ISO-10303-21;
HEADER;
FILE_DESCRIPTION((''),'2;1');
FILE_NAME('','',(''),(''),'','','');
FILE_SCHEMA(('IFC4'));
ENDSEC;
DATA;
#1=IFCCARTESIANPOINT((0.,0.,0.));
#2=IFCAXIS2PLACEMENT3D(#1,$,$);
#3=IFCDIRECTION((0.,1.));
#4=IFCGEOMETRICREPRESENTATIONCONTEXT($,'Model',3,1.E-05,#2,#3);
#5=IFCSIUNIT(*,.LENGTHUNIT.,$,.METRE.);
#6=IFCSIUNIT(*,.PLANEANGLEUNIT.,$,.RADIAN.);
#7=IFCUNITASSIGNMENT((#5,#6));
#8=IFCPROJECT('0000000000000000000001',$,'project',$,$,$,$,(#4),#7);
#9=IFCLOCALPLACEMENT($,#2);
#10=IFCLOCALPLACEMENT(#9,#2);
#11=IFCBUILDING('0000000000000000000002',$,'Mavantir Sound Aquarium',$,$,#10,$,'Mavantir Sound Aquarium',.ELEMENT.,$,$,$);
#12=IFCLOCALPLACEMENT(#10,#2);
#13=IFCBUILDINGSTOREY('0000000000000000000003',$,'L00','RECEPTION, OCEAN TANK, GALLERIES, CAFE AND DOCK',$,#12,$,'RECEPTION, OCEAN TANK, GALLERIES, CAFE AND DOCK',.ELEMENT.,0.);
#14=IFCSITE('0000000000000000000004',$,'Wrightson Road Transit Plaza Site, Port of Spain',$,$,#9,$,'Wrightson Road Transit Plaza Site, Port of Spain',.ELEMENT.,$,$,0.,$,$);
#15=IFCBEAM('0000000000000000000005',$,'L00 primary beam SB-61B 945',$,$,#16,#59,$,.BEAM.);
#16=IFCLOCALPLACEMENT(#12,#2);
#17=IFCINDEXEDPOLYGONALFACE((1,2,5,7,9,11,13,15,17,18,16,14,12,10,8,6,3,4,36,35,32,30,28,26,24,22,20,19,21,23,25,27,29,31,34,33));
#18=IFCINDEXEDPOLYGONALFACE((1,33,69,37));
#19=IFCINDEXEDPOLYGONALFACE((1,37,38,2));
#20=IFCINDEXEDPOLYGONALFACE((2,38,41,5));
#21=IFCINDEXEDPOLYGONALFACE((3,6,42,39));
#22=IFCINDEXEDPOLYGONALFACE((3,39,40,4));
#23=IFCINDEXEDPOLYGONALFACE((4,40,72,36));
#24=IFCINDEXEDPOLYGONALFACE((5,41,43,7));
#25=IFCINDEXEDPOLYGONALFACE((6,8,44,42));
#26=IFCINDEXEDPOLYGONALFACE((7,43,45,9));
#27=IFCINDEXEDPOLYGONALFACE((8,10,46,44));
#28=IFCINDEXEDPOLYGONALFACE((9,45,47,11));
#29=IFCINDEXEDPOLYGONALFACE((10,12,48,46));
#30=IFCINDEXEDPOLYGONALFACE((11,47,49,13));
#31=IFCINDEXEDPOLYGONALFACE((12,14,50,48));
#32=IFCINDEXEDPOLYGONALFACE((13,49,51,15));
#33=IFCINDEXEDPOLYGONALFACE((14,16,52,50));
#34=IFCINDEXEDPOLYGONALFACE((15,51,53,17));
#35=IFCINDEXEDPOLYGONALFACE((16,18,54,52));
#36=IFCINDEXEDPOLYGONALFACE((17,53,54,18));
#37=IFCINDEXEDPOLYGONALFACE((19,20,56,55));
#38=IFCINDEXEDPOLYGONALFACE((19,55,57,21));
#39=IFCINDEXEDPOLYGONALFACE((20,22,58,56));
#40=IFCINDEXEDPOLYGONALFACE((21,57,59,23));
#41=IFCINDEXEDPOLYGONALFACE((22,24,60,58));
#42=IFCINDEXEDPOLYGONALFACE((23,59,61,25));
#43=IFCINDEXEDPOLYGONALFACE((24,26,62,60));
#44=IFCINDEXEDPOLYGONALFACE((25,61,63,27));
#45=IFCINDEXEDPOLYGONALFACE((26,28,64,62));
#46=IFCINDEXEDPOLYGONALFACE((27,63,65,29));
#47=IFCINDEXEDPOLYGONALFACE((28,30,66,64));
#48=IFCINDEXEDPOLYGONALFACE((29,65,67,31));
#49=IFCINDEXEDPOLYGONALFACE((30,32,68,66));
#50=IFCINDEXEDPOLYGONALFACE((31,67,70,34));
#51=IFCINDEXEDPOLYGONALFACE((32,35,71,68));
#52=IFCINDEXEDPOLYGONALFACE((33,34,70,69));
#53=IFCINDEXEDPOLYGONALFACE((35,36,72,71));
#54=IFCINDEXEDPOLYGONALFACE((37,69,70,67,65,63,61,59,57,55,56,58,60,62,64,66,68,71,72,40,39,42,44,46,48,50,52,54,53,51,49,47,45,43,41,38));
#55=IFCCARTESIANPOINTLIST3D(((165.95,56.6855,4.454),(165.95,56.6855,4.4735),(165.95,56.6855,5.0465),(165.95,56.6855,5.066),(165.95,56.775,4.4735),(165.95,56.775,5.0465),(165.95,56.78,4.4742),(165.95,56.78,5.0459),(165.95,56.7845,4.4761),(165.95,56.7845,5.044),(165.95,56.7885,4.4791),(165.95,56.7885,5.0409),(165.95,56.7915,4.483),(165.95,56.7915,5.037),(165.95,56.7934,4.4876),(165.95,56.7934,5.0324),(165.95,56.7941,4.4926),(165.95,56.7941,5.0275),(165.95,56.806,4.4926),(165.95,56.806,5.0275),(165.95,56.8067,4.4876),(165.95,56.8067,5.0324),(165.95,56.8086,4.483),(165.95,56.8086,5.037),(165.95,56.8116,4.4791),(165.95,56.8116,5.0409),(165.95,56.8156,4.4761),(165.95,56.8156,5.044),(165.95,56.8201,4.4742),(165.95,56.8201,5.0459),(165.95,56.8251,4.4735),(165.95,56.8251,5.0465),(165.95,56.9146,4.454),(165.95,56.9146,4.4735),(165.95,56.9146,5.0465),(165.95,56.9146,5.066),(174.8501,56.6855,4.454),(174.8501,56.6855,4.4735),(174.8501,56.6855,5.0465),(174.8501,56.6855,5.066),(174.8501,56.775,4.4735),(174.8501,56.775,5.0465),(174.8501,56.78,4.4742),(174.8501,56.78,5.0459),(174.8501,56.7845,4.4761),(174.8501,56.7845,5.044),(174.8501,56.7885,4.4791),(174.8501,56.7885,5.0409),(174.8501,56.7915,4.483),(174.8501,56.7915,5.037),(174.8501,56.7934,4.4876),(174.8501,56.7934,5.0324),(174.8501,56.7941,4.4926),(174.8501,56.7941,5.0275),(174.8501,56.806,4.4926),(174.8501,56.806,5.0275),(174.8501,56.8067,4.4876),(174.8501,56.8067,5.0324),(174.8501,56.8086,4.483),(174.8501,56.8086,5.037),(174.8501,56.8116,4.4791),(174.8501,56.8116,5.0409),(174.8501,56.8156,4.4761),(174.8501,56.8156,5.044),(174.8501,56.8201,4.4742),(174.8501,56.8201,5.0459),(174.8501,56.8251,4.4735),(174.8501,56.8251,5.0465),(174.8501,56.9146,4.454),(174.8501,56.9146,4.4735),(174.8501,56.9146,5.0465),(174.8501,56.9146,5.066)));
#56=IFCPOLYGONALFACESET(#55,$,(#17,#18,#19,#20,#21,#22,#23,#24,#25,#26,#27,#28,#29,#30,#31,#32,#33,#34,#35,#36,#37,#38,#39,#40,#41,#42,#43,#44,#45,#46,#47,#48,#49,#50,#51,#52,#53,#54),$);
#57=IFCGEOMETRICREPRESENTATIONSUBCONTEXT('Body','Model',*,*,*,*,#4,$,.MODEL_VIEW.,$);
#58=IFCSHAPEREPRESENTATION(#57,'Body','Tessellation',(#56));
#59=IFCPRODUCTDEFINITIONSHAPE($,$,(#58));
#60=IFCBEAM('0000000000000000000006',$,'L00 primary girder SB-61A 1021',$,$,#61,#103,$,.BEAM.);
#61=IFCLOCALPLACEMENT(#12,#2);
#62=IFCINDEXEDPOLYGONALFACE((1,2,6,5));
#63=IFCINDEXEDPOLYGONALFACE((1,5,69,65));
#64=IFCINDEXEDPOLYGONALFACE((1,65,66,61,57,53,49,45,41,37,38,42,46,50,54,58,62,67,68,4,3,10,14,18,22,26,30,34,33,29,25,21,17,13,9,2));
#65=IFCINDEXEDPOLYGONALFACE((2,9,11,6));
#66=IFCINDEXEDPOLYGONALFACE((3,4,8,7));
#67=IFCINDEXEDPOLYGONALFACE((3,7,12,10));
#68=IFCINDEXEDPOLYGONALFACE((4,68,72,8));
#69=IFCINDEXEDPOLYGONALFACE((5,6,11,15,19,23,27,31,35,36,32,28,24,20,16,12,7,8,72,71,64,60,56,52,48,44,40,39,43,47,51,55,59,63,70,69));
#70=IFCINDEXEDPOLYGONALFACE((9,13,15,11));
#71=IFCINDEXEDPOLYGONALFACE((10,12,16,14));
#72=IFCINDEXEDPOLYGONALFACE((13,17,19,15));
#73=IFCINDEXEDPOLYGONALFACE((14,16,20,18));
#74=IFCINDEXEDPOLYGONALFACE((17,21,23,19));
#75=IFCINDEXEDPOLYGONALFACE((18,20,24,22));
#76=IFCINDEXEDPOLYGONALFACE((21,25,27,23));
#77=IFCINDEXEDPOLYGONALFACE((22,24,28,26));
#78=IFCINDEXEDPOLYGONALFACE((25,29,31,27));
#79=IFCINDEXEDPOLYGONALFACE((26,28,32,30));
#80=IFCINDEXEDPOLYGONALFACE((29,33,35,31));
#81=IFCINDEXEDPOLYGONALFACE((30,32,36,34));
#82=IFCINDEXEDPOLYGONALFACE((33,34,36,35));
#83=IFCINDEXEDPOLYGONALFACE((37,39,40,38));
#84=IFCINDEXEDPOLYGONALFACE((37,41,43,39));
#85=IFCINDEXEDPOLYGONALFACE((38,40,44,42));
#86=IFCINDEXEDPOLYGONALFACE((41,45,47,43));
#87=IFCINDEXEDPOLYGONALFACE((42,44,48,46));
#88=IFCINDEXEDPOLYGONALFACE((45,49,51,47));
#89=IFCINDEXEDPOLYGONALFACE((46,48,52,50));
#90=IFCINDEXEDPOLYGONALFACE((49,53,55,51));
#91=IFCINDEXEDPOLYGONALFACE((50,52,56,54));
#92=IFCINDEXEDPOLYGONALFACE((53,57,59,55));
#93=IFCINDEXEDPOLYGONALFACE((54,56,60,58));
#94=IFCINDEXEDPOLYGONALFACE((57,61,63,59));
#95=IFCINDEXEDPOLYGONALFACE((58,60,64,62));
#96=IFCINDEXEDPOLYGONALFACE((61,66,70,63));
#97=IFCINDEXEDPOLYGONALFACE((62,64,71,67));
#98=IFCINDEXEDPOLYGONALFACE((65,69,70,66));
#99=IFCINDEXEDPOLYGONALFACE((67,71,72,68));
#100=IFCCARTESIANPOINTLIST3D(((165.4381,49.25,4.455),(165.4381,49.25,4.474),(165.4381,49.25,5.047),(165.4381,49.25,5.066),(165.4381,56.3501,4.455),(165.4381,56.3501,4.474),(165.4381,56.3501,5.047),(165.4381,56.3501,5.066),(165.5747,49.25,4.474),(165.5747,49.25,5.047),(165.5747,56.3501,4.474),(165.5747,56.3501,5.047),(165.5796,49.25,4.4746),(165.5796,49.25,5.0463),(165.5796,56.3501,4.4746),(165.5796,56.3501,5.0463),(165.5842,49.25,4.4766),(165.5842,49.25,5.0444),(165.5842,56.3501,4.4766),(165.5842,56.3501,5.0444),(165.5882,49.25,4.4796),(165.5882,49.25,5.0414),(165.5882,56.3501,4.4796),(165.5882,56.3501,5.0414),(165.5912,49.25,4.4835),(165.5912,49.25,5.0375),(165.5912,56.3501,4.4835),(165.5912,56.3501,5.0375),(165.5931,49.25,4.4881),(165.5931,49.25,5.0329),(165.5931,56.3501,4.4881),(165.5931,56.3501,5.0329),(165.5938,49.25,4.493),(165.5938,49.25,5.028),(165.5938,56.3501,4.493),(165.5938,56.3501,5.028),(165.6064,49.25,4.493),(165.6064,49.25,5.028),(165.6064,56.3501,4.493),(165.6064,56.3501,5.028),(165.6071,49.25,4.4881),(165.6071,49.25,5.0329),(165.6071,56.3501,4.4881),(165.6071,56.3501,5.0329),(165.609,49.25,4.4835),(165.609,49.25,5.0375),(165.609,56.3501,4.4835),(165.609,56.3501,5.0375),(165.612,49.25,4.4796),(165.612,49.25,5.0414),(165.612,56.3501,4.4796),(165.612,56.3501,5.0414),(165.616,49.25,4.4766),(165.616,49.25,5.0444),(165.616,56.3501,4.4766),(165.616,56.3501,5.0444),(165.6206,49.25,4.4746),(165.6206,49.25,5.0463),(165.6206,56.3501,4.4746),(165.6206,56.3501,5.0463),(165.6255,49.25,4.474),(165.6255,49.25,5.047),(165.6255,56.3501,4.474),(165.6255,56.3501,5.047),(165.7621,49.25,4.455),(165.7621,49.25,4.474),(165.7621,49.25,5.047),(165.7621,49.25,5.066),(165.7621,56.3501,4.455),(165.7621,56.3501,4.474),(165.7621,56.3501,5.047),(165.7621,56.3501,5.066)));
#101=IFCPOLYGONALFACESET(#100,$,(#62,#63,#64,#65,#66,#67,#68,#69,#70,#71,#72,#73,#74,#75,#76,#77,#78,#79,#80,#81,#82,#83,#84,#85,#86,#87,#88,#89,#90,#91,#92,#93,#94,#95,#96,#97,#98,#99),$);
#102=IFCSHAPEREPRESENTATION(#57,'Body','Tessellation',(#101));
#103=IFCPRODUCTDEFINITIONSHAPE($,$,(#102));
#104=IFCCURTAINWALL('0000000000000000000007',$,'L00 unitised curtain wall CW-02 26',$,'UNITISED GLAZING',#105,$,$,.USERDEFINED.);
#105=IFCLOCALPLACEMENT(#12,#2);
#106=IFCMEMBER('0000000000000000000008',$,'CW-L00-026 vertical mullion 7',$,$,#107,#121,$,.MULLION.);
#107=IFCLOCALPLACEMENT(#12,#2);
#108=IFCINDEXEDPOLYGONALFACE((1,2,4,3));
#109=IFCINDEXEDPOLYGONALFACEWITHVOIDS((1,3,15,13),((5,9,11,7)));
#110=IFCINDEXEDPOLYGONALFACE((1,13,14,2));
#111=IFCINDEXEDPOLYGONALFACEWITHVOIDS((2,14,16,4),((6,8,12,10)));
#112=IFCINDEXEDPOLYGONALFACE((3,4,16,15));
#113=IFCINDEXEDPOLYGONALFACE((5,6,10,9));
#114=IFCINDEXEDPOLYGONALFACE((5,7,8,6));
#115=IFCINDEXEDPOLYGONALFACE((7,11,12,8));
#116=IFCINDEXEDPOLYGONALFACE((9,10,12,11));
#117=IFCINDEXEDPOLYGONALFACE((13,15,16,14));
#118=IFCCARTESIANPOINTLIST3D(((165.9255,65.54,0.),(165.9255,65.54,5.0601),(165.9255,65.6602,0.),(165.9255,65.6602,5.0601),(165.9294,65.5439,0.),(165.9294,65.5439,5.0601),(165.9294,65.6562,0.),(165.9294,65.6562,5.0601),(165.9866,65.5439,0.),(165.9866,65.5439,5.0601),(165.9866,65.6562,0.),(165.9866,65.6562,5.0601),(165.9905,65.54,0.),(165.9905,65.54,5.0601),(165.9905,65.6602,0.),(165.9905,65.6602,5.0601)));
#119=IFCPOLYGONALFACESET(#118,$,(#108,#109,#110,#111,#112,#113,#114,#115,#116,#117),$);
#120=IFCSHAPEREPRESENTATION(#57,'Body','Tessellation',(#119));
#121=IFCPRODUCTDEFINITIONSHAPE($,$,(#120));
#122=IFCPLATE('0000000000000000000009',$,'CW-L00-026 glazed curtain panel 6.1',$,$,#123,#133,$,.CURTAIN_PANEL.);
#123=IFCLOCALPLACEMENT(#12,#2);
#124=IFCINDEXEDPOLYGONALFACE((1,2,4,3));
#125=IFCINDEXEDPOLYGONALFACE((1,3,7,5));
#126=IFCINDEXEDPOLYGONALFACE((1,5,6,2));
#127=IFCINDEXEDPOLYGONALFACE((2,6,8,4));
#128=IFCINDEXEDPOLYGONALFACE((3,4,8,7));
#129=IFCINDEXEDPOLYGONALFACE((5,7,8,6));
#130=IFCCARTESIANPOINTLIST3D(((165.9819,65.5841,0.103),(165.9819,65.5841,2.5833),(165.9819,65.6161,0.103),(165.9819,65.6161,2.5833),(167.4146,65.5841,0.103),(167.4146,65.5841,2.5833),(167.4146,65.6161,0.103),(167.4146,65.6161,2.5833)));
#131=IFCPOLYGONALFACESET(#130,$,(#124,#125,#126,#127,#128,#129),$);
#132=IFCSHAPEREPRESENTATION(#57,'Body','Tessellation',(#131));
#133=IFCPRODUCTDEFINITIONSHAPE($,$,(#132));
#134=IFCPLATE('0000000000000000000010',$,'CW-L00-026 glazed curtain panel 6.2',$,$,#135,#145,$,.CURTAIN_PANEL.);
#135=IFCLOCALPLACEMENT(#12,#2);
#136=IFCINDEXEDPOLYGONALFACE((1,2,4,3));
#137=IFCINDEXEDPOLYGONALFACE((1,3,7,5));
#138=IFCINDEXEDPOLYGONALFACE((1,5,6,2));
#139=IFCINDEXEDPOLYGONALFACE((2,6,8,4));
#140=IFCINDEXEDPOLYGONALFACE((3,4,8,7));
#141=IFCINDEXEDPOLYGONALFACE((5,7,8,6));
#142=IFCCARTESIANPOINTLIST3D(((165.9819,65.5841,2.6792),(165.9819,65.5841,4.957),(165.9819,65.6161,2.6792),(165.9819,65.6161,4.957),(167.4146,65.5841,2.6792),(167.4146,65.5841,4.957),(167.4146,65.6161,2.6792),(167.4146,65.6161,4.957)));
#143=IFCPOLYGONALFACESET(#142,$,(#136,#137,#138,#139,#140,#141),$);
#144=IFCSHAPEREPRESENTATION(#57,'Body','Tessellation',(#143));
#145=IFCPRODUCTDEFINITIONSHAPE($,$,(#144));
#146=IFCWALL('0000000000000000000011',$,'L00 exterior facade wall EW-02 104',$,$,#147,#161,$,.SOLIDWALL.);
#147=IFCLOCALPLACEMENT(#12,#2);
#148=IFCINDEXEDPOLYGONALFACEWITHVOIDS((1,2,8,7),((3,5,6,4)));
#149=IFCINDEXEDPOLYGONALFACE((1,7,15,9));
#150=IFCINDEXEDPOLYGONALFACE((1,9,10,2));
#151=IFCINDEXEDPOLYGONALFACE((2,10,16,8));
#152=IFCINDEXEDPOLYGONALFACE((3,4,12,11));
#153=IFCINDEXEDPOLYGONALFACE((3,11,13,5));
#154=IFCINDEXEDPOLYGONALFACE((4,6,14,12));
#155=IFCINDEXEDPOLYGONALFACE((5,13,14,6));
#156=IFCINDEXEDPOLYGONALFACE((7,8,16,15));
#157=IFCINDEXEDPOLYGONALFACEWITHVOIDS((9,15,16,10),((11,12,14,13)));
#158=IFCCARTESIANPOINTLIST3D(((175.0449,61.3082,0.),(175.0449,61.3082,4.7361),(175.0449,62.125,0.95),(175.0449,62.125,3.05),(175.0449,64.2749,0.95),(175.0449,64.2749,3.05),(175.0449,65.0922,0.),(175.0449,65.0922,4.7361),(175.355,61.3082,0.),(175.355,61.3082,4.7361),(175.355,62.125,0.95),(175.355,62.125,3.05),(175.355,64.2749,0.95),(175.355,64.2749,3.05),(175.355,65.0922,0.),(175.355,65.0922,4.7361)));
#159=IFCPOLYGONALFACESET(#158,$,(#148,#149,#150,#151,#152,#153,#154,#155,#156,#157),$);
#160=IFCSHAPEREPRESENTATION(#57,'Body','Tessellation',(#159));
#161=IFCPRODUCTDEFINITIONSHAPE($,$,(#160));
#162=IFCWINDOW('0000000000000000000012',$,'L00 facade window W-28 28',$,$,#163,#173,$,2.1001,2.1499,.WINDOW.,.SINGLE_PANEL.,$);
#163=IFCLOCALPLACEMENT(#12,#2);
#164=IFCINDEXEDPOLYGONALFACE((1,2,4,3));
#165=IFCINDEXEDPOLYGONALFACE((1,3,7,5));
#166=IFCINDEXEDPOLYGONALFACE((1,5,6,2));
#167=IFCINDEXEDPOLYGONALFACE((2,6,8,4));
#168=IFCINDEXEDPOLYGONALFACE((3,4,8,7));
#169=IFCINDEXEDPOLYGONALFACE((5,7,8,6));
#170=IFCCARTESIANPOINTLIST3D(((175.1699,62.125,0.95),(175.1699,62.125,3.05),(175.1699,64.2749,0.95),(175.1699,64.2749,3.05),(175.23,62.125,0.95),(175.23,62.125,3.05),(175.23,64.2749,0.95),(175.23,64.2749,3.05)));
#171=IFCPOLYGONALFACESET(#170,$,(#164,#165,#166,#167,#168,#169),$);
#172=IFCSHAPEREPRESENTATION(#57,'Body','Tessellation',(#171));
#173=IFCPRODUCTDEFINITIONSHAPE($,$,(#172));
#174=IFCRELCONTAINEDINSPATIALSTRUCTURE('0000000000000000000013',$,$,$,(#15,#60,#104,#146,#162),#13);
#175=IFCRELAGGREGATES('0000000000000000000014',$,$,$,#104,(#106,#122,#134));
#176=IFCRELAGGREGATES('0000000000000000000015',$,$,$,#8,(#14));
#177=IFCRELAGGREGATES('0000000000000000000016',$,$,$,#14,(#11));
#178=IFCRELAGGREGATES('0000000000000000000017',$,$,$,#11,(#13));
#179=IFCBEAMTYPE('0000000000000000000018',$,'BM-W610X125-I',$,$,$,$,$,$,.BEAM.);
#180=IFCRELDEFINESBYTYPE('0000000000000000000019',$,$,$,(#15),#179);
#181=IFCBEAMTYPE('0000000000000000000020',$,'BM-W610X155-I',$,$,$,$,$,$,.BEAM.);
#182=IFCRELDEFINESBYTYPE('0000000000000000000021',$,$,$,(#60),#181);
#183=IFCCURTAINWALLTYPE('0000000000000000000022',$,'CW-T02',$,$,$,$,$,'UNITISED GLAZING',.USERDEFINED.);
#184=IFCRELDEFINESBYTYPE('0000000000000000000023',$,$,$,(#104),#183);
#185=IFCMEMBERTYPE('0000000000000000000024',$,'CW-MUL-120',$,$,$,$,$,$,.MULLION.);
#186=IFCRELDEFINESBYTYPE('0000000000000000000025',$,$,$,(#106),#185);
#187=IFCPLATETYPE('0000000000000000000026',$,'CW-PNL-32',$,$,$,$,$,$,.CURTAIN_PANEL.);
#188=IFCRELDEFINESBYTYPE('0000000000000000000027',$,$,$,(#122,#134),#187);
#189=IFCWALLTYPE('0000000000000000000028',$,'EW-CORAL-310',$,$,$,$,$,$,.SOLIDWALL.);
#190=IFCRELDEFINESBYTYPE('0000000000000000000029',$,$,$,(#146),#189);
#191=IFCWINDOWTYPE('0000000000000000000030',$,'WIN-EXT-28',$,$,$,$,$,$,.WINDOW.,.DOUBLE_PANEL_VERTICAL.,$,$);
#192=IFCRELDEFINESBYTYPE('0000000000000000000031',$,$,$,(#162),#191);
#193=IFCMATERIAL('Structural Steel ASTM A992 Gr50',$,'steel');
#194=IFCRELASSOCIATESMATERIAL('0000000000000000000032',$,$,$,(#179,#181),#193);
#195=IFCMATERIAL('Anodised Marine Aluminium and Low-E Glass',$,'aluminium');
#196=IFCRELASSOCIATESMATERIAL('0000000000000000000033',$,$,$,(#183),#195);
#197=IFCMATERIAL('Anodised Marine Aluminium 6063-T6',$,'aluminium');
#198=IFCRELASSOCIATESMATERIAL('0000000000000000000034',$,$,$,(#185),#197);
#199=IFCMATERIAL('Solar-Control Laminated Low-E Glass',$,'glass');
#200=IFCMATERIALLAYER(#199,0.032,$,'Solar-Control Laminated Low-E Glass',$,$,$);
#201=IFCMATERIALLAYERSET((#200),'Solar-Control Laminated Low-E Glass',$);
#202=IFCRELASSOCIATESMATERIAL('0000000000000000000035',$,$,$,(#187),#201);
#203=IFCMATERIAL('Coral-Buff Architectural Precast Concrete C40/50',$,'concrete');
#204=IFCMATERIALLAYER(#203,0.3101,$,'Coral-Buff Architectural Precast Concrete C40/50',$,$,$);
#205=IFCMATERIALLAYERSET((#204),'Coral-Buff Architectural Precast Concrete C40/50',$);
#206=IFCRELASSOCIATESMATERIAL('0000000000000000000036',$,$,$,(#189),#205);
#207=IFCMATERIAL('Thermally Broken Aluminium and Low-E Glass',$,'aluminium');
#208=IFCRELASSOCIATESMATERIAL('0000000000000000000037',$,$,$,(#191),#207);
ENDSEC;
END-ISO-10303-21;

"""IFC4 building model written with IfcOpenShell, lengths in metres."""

from ifc_helpers import new_model, si_unit, direction, frame, frame_2d, origin, origin_2d, place, context, subcontext, project, spatial, rectangle, hollow_rectangle, i_section, extrude, material, layer, layer_set, material_profile, profile_set, type_object, element, fill, aggregate, save


model = new_model("IFC4")

# Units and contexts
model_context = context("Model", 3, precision=1e-05, world=origin(), true_north=direction((0.0, 1.0)))
body_context = subcontext(model_context, "Body", "Model", "MODEL_VIEW")
ifc_project = project(units=[si_unit("LENGTHUNIT", "METRE"), si_unit("PLANEANGLEUNIT", "RADIAN")], contexts=[model_context])

# Site, building, storey
site_placement = place(None, origin())
site = spatial("IfcSite", under=ifc_project, at=site_placement, Name="Wrightson Road Transit Plaza Site, Port of Spain", LongName="Wrightson Road Transit Plaza Site, Port of Spain", CompositionType="ELEMENT", RefElevation=0.0)
building_placement = place(site_placement, origin())
building = spatial("IfcBuilding", under=site, at=building_placement, Name="Mavantir Sound Aquarium", LongName="Mavantir Sound Aquarium", CompositionType="ELEMENT")
storey_placement = place(building_placement, origin())
storey = spatial("IfcBuildingStorey", under=building, at=storey_placement, Name="L00", Description="RECEPTION, OCEAN TANK, GALLERIES, CAFE AND DOCK", LongName="RECEPTION, OCEAN TANK, GALLERIES, CAFE AND DOCK", CompositionType="ELEMENT", Elevation=0.0)

# Beams
ifc_material_1 = material(Name="Structural Steel ASTM A992 Gr50", Category="steel")
ifc_material_profile_1 = material_profile(ifc_material_1, i_section(OverallWidth=0.229, OverallDepth=0.6121, WebThickness=0.012, FlangeThickness=0.0195, FilletRadius=0.019, at=origin_2d()), Name="W610X125")
ifc_profile_set_1 = profile_set([ifc_material_profile_1], Name="Structural Steel ASTM A992 Gr50")
beam_type_1 = type_object("IfcBeamType", Name="BM-W610X125-I", PredefinedType="BEAM", material=ifc_profile_set_1)
beam_1_placement = place(storey_placement, frame((165.95, 56.8, 4.76), z_axis=(1.0, 0.0, 0.0), x_axis=(0.0, 1.0, 0.0)))
element("IfcBeam", 1, at=beam_1_placement, inside=storey, type_object=beam_type_1, Name="L00 primary beam SB-61B 945", PredefinedType="BEAM", context=body_context, shape_type="SweptSolid", body=[
    extrude(i_section(OverallWidth=0.229, OverallDepth=0.6121, WebThickness=0.012, FlangeThickness=0.0195, FilletRadius=0.019, at=origin_2d()), origin(), (0.0, 0.0, 1.0), 8.9001),
])
ifc_material_profile_2 = material_profile(ifc_material_1, i_section(OverallWidth=0.324, OverallDepth=0.6111, WebThickness=0.0127, FlangeThickness=0.019, FilletRadius=0.019, at=origin_2d()), Name="W610X155")
ifc_profile_set_2 = profile_set([ifc_material_profile_2], Name="Structural Steel ASTM A992 Gr50")
beam_type_2 = type_object("IfcBeamType", Name="BM-W610X155-I", PredefinedType="BEAM", material=ifc_profile_set_2)
beam_2_placement = place(storey_placement, frame((165.6001, 49.25, 4.7605), z_axis=(0.0, 1.0, 0.0), x_axis=(-1.0, 0.0, 0.0)))
element("IfcBeam", 2, at=beam_2_placement, inside=storey, type_object=beam_type_2, Name="L00 primary girder SB-61A 1021", PredefinedType="BEAM", context=body_context, shape_type="SweptSolid", body=[
    extrude(i_section(OverallWidth=0.324, OverallDepth=0.6111, WebThickness=0.0127, FlangeThickness=0.019, FilletRadius=0.019, at=origin_2d()), origin(), (0.0, 0.0, 1.0), 7.1001),
])

# Curtain wall, member, plates
ifc_material_2 = material(Name="Anodised Marine Aluminium and Low-E Glass", Category="aluminium")
curtain_wall_type = type_object("IfcCurtainWallType", Name="CW-T02", ElementType="UNITISED GLAZING", PredefinedType="USERDEFINED", material=ifc_material_2)
curtain_wall_placement = place(storey_placement, origin())
curtain_wall = element("IfcCurtainWall", 3, at=curtain_wall_placement, inside=storey, type_object=curtain_wall_type, Name="L00 unitised curtain wall CW-02 26", ObjectType="UNITISED GLAZING", PredefinedType="USERDEFINED")
ifc_material_3 = material(Name="Anodised Marine Aluminium 6063-T6", Category="aluminium")
ifc_material_profile_3 = material_profile(ifc_material_3, hollow_rectangle(XDim=0.0649, YDim=0.1201, WallThickness=0.0039, at=origin_2d()), Name="ALU-MULLION-120X65")
ifc_profile_set_3 = profile_set([ifc_material_profile_3], Name="Anodised Marine Aluminium 6063-T6")
member_type = type_object("IfcMemberType", Name="CW-MUL-120", PredefinedType="MULLION", material=ifc_profile_set_3)
member_placement = place(storey_placement, frame((165.958, 65.6001, 0.0), z_axis=(0.0, 0.0, 1.0), x_axis=(1.0, 0.0, 0.0)))
member = element("IfcMember", 4, at=member_placement, type_object=member_type, Name="CW-L00-026 vertical mullion 7", PredefinedType="MULLION", context=body_context, shape_type="SweptSolid", body=[
    extrude(hollow_rectangle(XDim=0.0649, YDim=0.1201, WallThickness=0.0039, at=origin_2d()), origin(), (0.0, 0.0, 1.0), 5.0601),
])
ifc_material_4 = material(Name="Solar-Control Laminated Low-E Glass", Category="glass")
ifc_layer_1 = layer(ifc_material_4, 0.032, Name="Solar-Control Laminated Low-E Glass")
ifc_layer_set_1 = layer_set([ifc_layer_1], Name="Solar-Control Laminated Low-E Glass")
plate_type = type_object("IfcPlateType", Name="CW-PNL-32", PredefinedType="CURTAIN_PANEL", material=ifc_layer_set_1)
plate_1_placement = place(storey_placement, frame((166.6982, 65.6001, 0.103), z_axis=(0.0, 0.0, 1.0), x_axis=(-1.0, 0.0, 0.0)))
plate_1 = element("IfcPlate", 5, at=plate_1_placement, type_object=plate_type, Name="CW-L00-026 glazed curtain panel 6.1", PredefinedType="CURTAIN_PANEL", context=body_context, shape_type="SweptSolid", body=[
    extrude(rectangle(XDim=1.4326, YDim=0.032, at=origin_2d()), origin(), (0.0, 0.0, 1.0), 2.4802),
])
plate_2_placement = place(storey_placement, frame((166.6982, 65.6001, 2.6792), z_axis=(0.0, 0.0, 1.0), x_axis=(-1.0, 0.0, 0.0)))
plate_2 = element("IfcPlate", 6, at=plate_2_placement, type_object=plate_type, Name="CW-L00-026 glazed curtain panel 6.2", PredefinedType="CURTAIN_PANEL", context=body_context, shape_type="SweptSolid", body=[
    extrude(rectangle(XDim=1.4326, YDim=0.032, at=origin_2d()), origin(), (0.0, 0.0, 1.0), 2.2778),
])
aggregate(curtain_wall, [member, plate_1, plate_2])

# Wall, opening, window
ifc_material_5 = material(Name="Coral-Buff Architectural Precast Concrete C40/50", Category="concrete")
ifc_layer_2 = layer(ifc_material_5, 0.3101, Name="Coral-Buff Architectural Precast Concrete C40/50")
ifc_layer_set_2 = layer_set([ifc_layer_2], Name="Coral-Buff Architectural Precast Concrete C40/50")
wall_type_1 = type_object("IfcWallType", Name="EW-CORAL-310", PredefinedType="SOLIDWALL", material=ifc_layer_set_2)
wall_1_placement = place(storey_placement, frame((175.2, 61.3081, 0.0), z_axis=(0.0, 0.0, 1.0), x_axis=(0.0, 1.0, 0.0)))
wall_1 = element("IfcWall", 7, at=wall_1_placement, inside=storey, type_object=wall_type_1, Name="L00 exterior facade wall EW-02 104", PredefinedType="SOLIDWALL", context=body_context, shape_type="SweptSolid", body=[
    extrude(rectangle(XDim=3.7839, YDim=0.3101, at=frame_2d((1.8921, 0.0))), origin(), (0.0, 0.0, 1.0), 4.7361),
])
opening_1_placement = place(wall_1_placement, frame((0.8169, 0.0, 0.95)))
opening_1 = element("IfcOpeningElement", 8, at=opening_1_placement, cuts=wall_1, PredefinedType="OPENING", context=body_context, shape_type="SweptSolid", body=[
    extrude(rectangle(XDim=2.1499, YDim=2.1001, at=frame_2d((1.075, 1.05))), frame((0.0, 0.165, 0.0), z_axis=(0.0, -1.0, 0.0), x_axis=(1.0, 0.0, 0.0)), (0.0, 0.0, 1.0), 0.3301),
])
ifc_material_6 = material(Name="Thermally Broken Aluminium and Low-E Glass", Category="aluminium")
window_type_1 = type_object("IfcWindowType", Name="WIN-EXT-28", PartitioningType="DOUBLE_PANEL_VERTICAL", PredefinedType="WINDOW", material=ifc_material_6)
window_1_placement = place(opening_1_placement, origin())
window_1 = element("IfcWindow", 9, at=window_1_placement, inside=storey, type_object=window_type_1, Name="L00 facade window W-28 28", OverallHeight=2.1001, OverallWidth=2.1499, PartitioningType="SINGLE_PANEL", PredefinedType="WINDOW", context=body_context, shape_type="SweptSolid", body=[
    extrude(rectangle(XDim=2.1499, YDim=2.1001, at=frame_2d((1.075, 1.05))), frame((0.0, 0.03, 0.0), z_axis=(0.0, -1.0, 0.0), x_axis=(1.0, 0.0, 0.0)), (0.0, 0.0, 1.0), 0.0601),
])
fill(opening_1, window_1)

save(model, "model.ifc")
